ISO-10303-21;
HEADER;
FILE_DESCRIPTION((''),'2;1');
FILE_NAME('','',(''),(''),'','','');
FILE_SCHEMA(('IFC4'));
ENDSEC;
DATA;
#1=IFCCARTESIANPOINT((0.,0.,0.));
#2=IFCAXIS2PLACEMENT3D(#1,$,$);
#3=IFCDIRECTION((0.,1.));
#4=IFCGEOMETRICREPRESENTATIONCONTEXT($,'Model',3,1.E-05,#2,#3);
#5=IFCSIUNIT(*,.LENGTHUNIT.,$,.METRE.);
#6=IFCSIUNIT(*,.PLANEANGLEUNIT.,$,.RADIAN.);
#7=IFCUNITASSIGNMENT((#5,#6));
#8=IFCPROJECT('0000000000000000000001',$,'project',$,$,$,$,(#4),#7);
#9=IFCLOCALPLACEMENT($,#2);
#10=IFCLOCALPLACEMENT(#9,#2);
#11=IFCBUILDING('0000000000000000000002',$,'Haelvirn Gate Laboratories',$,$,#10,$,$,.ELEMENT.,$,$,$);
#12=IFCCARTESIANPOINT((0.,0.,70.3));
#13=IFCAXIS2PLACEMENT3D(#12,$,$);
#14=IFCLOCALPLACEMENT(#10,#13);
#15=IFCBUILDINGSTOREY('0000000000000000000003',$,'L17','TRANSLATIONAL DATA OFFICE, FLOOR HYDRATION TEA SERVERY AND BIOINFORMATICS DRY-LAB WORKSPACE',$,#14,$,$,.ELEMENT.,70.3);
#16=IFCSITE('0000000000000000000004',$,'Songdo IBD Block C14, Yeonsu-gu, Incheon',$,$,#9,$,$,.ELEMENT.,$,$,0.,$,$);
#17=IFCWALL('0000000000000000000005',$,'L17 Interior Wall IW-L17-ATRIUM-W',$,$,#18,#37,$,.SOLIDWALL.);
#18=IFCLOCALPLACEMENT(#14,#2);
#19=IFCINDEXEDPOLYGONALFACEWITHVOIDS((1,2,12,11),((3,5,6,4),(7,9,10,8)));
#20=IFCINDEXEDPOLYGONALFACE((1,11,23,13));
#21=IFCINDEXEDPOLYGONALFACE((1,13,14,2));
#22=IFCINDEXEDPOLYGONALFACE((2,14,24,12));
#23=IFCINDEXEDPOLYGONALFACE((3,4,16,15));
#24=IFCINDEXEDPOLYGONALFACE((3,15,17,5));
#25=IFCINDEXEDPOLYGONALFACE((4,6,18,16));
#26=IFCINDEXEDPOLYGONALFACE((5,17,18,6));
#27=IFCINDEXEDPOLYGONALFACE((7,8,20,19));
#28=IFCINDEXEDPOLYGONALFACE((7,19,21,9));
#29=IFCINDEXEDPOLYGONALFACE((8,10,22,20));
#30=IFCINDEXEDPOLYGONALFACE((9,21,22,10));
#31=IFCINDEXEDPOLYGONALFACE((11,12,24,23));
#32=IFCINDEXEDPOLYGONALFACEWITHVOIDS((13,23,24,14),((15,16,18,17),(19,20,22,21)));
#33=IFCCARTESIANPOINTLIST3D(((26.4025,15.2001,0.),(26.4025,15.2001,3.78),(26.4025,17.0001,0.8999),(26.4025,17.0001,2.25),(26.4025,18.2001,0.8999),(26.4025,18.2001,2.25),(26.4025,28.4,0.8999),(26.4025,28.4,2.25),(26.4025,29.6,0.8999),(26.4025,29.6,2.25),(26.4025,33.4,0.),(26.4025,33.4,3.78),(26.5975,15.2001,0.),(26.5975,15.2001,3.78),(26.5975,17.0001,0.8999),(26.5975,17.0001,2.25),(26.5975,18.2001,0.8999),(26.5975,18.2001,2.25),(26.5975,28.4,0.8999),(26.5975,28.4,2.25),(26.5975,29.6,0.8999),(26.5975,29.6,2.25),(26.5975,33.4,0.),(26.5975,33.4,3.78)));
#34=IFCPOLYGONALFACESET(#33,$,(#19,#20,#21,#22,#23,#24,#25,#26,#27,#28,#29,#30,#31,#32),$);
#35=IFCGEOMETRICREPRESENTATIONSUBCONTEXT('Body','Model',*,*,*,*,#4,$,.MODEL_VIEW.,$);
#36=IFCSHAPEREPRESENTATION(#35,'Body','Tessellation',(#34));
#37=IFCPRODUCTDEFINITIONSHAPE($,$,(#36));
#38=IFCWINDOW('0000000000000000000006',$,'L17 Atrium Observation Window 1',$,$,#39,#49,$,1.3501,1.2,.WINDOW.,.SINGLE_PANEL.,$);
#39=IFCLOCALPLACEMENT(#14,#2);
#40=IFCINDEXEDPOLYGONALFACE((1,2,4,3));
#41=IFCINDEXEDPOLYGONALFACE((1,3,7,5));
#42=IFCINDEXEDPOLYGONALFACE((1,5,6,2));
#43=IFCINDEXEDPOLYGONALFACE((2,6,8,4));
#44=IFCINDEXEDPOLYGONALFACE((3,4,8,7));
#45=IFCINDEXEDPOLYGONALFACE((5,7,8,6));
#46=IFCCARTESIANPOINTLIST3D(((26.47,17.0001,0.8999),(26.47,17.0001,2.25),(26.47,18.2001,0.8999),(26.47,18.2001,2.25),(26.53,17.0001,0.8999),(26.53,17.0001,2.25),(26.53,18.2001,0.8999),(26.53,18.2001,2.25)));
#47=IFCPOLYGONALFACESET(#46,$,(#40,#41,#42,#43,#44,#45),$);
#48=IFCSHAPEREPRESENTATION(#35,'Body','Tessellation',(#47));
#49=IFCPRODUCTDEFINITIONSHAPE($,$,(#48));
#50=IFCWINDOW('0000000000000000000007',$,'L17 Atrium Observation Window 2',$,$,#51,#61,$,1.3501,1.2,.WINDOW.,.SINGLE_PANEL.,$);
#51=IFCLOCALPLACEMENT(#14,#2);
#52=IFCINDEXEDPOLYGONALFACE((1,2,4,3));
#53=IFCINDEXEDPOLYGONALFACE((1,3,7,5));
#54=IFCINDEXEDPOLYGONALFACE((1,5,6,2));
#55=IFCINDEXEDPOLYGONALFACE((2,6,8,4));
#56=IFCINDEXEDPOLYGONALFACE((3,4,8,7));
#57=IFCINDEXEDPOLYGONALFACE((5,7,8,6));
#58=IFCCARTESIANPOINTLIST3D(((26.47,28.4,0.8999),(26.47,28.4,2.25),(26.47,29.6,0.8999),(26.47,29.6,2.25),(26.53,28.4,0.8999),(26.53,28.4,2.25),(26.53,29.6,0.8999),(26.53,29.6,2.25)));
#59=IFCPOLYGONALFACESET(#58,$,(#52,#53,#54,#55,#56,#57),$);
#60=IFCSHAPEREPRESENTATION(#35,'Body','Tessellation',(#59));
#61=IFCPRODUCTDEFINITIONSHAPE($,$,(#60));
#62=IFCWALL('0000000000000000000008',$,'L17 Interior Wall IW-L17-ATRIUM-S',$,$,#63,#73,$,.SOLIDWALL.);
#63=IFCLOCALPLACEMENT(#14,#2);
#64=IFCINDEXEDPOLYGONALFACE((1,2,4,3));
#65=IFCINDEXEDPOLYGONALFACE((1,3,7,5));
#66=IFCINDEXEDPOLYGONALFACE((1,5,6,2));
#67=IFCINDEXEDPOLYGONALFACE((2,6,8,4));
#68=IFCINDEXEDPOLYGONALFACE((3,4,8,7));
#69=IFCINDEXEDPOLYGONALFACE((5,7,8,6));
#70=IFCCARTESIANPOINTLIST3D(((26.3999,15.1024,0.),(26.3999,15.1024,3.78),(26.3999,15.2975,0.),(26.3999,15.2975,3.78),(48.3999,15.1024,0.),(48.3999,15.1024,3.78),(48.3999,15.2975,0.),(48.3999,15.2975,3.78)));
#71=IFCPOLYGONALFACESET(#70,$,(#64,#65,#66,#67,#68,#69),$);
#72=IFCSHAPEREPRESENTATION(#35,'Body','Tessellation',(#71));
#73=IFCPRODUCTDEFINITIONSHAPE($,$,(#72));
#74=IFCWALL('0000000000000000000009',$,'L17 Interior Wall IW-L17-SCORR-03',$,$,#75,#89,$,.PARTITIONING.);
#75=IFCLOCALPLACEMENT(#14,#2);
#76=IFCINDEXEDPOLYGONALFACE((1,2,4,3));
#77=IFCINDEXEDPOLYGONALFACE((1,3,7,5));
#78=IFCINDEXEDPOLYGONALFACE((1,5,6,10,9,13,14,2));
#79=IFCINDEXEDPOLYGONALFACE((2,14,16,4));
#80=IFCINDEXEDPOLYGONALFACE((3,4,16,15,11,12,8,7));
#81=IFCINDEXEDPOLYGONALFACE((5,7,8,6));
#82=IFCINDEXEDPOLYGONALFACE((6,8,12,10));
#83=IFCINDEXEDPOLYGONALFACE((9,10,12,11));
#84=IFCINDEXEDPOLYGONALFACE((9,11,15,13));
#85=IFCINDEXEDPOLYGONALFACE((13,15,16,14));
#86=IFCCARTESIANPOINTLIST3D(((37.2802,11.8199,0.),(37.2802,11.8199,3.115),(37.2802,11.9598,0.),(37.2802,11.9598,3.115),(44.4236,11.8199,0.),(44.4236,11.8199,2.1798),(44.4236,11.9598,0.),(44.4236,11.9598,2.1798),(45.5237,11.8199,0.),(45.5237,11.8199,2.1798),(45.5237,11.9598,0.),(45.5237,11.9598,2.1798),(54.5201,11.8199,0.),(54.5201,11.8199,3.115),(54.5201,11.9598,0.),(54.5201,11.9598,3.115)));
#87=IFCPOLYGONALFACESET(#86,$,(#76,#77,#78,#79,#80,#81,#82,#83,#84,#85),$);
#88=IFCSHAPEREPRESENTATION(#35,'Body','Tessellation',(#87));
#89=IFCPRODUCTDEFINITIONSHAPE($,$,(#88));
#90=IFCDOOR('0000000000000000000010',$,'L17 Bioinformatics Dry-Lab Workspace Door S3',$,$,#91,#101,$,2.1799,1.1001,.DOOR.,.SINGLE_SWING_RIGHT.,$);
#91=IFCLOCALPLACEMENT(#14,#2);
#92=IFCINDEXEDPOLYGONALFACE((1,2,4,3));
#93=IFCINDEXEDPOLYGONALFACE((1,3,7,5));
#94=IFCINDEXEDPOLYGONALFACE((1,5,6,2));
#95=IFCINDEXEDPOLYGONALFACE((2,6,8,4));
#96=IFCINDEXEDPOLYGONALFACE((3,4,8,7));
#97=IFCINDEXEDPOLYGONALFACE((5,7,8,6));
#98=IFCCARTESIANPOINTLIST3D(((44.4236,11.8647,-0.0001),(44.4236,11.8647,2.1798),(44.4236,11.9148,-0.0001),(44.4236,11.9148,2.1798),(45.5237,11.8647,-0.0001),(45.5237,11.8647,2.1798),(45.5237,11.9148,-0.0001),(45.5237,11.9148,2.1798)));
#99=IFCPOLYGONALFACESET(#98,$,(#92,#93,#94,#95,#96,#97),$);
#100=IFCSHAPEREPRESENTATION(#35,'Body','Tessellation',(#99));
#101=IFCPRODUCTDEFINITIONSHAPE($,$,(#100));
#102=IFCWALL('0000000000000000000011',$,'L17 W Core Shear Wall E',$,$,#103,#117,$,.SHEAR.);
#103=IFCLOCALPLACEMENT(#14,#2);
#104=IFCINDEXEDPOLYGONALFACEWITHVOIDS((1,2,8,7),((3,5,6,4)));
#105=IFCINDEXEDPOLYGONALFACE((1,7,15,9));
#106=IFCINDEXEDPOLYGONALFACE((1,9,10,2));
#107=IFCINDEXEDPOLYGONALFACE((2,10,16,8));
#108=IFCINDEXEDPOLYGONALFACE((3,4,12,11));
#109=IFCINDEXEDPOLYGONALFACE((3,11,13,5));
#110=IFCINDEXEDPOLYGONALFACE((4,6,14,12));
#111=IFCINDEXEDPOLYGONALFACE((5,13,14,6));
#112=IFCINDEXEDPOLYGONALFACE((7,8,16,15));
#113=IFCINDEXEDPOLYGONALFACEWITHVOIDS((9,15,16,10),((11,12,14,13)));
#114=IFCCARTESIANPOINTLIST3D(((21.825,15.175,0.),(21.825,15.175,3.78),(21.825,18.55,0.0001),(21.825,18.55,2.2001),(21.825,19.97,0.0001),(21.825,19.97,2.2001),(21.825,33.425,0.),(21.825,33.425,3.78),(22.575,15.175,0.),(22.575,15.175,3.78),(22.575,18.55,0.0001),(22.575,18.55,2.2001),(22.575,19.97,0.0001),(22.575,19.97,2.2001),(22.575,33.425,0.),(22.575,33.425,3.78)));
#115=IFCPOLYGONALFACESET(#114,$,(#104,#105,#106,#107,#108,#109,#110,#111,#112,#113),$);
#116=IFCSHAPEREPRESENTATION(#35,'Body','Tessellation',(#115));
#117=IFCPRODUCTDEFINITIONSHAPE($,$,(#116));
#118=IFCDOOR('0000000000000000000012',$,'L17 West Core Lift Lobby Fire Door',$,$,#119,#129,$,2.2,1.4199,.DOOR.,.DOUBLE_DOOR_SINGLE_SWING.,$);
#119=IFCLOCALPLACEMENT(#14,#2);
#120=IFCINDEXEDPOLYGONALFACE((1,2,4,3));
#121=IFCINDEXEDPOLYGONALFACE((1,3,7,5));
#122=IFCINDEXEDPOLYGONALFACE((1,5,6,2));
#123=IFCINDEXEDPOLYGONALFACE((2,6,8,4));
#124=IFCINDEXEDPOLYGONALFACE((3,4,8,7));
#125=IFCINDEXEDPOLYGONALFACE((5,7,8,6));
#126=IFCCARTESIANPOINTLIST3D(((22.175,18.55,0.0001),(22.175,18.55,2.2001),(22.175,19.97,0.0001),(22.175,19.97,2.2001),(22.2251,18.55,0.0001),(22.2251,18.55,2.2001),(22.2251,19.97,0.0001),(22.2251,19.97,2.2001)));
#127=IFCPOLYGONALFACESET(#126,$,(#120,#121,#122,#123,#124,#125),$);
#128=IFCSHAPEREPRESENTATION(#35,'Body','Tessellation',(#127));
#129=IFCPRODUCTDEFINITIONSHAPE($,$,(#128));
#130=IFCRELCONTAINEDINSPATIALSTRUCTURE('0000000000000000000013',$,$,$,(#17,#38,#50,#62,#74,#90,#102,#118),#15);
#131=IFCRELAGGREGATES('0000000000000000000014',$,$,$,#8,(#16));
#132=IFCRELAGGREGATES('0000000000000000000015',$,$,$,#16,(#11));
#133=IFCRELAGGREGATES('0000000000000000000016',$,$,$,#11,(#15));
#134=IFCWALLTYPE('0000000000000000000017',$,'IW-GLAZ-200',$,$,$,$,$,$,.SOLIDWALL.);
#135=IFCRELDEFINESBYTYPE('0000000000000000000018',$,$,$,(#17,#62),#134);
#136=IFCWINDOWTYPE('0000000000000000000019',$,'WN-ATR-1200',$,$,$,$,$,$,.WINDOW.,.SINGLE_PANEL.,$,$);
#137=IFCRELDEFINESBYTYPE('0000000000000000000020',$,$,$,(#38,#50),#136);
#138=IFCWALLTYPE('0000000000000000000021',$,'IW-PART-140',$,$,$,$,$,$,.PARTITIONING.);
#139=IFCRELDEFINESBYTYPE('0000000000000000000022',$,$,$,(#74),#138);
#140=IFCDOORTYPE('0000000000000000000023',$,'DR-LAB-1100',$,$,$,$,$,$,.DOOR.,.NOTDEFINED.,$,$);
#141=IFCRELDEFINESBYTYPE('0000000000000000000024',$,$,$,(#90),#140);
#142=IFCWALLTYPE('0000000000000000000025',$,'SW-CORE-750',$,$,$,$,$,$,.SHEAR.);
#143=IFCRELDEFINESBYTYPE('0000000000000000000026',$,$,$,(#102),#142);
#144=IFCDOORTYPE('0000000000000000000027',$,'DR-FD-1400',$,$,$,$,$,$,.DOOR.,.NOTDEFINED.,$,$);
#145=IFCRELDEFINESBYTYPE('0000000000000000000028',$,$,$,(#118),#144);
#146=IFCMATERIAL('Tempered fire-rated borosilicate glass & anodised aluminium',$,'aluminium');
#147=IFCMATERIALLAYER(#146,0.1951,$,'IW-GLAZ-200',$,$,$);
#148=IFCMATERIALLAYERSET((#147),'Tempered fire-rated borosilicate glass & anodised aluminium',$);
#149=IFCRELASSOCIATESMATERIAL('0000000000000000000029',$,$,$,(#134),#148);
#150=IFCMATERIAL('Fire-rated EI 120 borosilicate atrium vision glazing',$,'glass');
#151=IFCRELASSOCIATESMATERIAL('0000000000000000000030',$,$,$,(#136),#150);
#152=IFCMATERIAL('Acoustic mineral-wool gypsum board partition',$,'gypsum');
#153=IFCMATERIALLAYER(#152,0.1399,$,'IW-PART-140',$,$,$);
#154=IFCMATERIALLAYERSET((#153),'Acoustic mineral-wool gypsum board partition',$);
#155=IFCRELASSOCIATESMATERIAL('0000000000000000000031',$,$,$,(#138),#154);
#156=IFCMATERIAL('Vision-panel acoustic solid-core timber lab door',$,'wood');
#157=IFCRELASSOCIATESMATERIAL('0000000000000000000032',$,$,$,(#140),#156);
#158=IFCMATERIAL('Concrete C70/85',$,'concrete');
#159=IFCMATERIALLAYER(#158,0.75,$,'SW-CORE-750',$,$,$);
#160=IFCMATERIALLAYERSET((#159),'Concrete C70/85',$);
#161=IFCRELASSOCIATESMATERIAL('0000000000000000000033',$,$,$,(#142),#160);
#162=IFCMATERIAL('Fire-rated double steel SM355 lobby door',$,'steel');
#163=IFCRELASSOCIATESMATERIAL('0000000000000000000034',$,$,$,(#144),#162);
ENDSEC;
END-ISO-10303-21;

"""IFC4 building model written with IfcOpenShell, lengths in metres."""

from ifc_helpers import new_model, si_unit, direction, frame, frame_2d, origin, place, context, subcontext, project, spatial, rectangle, extrude, source, transform, mapped, material, layer, layer_set, type_object, type_shapes, element, fill, save


model = new_model("IFC4")

# Units and contexts
model_context = context("Model", 3, precision=1e-05, world=origin(), true_north=direction((0.0, 1.0)))
body_context = subcontext(model_context, "Body", "Model", "MODEL_VIEW")
ifc_project = project(units=[si_unit("LENGTHUNIT", "METRE"), si_unit("PLANEANGLEUNIT", "RADIAN")], contexts=[model_context])

# Site, building, storey
site_placement = place(None, origin())
site = spatial("IfcSite", under=ifc_project, at=site_placement, Name="Songdo IBD Block C14, Yeonsu-gu, Incheon", CompositionType="ELEMENT", RefElevation=0.0)
building_placement = place(site_placement, origin())
building = spatial("IfcBuilding", under=site, at=building_placement, Name="Haelvirn Gate Laboratories", CompositionType="ELEMENT")
storey_placement = place(building_placement, frame((0.0, 0.0, 70.3)))
storey = spatial("IfcBuildingStorey", under=building, at=storey_placement, Name="L17", Description="TRANSLATIONAL DATA OFFICE, FLOOR HYDRATION TEA SERVERY AND BIOINFORMATICS DRY-LAB WORKSPACE", CompositionType="ELEMENT", Elevation=70.3)

# Wall, openings, windows
ifc_material_1 = material(Name="Tempered fire-rated borosilicate glass & anodised aluminium", Category="aluminium")
ifc_layer_1 = layer(ifc_material_1, 0.1951, Name="IW-GLAZ-200")
ifc_layer_set_1 = layer_set([ifc_layer_1], Name="Tempered fire-rated borosilicate glass & anodised aluminium")
wall_type_1 = type_object("IfcWallType", Name="IW-GLAZ-200", PredefinedType="SOLIDWALL", material=ifc_layer_set_1)
wall_1_placement = place(storey_placement, frame((26.5, 15.2, 0.0), z_axis=(0.0, 0.0, 1.0), x_axis=(0.0, 1.0, 0.0)))
wall_1 = element("IfcWall", 1, at=wall_1_placement, inside=storey, type_object=wall_type_1, Name="L17 Interior Wall IW-L17-ATRIUM-W", PredefinedType="SOLIDWALL", context=body_context, shape_type="SweptSolid", body=[
    extrude(rectangle(XDim=18.2, YDim=0.1951, at=frame_2d((9.1001, 0.0))), origin(), (0.0, 0.0, 1.0), 3.78),
])
opening_1_placement = place(wall_1_placement, frame((1.8, 0.0, 0.8999)))
opening_1 = element("IfcOpeningElement", 2, at=opening_1_placement, cuts=wall_1, PredefinedType="OPENING", context=body_context, shape_type="SweptSolid", body=[
    extrude(rectangle(XDim=1.2, YDim=1.3501, at=frame_2d((0.6001, 0.675))), frame((0.0, 0.1074, 0.0), z_axis=(0.0, -1.0, 0.0), x_axis=(1.0, 0.0, 0.0)), (0.0, 0.0, 1.0), 0.2151),
])
opening_2_placement = place(wall_1_placement, frame((13.2, 0.0, 0.8999)))
opening_2 = element("IfcOpeningElement", 3, at=opening_2_placement, cuts=wall_1, PredefinedType="OPENING", context=body_context, shape_type="SweptSolid", body=[
    extrude(rectangle(XDim=1.2, YDim=1.3501, at=frame_2d((0.6001, 0.675))), frame((0.0, 0.1074, 0.0), z_axis=(0.0, -1.0, 0.0), x_axis=(1.0, 0.0, 0.0)), (0.0, 0.0, 1.0), 0.2151),
])
ifc_material_2 = material(Name="Fire-rated EI 120 borosilicate atrium vision glazing", Category="glass")
window_type = type_object("IfcWindowType", Name="WN-ATR-1200", PartitioningType="SINGLE_PANEL", PredefinedType="WINDOW", material=ifc_material_2)
shared_shape_1 = source(origin(), body_context, "Body", "SweptSolid", [
    extrude(rectangle(XDim=1.2, YDim=1.3501, at=frame_2d((0.6001, 0.675))), frame((0.0, 0.03, 0.0), z_axis=(0.0, -1.0, 0.0), x_axis=(1.0, 0.0, 0.0)), (0.0, 0.0, 1.0), 0.0601),
])
type_shapes(window_type, [shared_shape_1])
window_1_placement = place(opening_1_placement, origin())
window_1 = element("IfcWindow", 4, at=window_1_placement, inside=storey, type_object=window_type, Name="L17 Atrium Observation Window 1", OverallHeight=1.3501, OverallWidth=1.2, PartitioningType="SINGLE_PANEL", PredefinedType="WINDOW", context=body_context, shape_type="MappedRepresentation", body=[
    mapped(shared_shape_1, transform((0.0, 0.0, 0.0), scale=1.0)),
])
fill(opening_1, window_1)
window_2_placement = place(opening_2_placement, origin())
window_2 = element("IfcWindow", 5, at=window_2_placement, inside=storey, type_object=window_type, Name="L17 Atrium Observation Window 2", OverallHeight=1.3501, OverallWidth=1.2, PartitioningType="SINGLE_PANEL", PredefinedType="WINDOW", context=body_context, shape_type="MappedRepresentation", body=[
    mapped(shared_shape_1, transform((0.0, 0.0, 0.0), scale=1.0)),
])
fill(opening_2, window_2)

# Wall
wall_2_placement = place(storey_placement, frame((26.3999, 15.2, 0.0), z_axis=(0.0, 0.0, 1.0), x_axis=(1.0, 0.0, 0.0)))
element("IfcWall", 6, at=wall_2_placement, inside=storey, type_object=wall_type_1, Name="L17 Interior Wall IW-L17-ATRIUM-S", PredefinedType="SOLIDWALL", context=body_context, shape_type="SweptSolid", body=[
    extrude(rectangle(XDim=22.0, YDim=0.1951, at=frame_2d((11.0, 0.0))), origin(), (0.0, 0.0, 1.0), 3.78),
])

# Walls, openings, doors
ifc_material_3 = material(Name="Acoustic mineral-wool gypsum board partition", Category="gypsum")
ifc_layer_2 = layer(ifc_material_3, 0.1399, Name="IW-PART-140")
ifc_layer_set_2 = layer_set([ifc_layer_2], Name="Acoustic mineral-wool gypsum board partition")
wall_type_2 = type_object("IfcWallType", Name="IW-PART-140", PredefinedType="PARTITIONING", material=ifc_layer_set_2)
wall_3_placement = place(storey_placement, frame((37.28, 11.8899, 0.0), z_axis=(0.0, 0.0, 1.0), x_axis=(1.0, 0.0, 0.0)))
wall_3 = element("IfcWall", 7, at=wall_3_placement, inside=storey, type_object=wall_type_2, Name="L17 Interior Wall IW-L17-SCORR-03", PredefinedType="PARTITIONING", context=body_context, shape_type="SweptSolid", body=[
    extrude(rectangle(XDim=17.24, YDim=0.1399, at=frame_2d((8.6201, 0.0))), origin(), (0.0, 0.0, 1.0), 3.115),
])
opening_3_placement = place(wall_3_placement, frame((7.1436, 0.0, 0.0)))
opening_3 = element("IfcOpeningElement", 8, at=opening_3_placement, cuts=wall_3, PredefinedType="OPENING", context=body_context, shape_type="SweptSolid", body=[
    extrude(rectangle(XDim=1.1001, YDim=2.1799, at=frame_2d((0.55, 1.0898))), frame((0.0, 0.0801, 0.0), z_axis=(0.0, -1.0, 0.0), x_axis=(1.0, 0.0, 0.0)), (0.0, 0.0, 1.0), 0.1599),
])
ifc_material_4 = material(Name="Vision-panel acoustic solid-core timber lab door", Category="wood")
door_type_1 = type_object("IfcDoorType", Name="DR-LAB-1100", OperationType="NOTDEFINED", PredefinedType="DOOR", material=ifc_material_4)
shared_shape_2 = source(origin(), body_context, "Body", "SweptSolid", [
    extrude(rectangle(XDim=1.1001, YDim=2.1799, at=frame_2d((0.55, 1.0898))), frame((0.0, 0.0249, 0.0), z_axis=(0.0, -1.0, 0.0), x_axis=(1.0, 0.0, 0.0)), (0.0, 0.0, 1.0), 0.05),
])
type_shapes(door_type_1, [shared_shape_2])
door_1_placement = place(opening_3_placement, origin())
door_1 = element("IfcDoor", 9, at=door_1_placement, inside=storey, type_object=door_type_1, Name="L17 Bioinformatics Dry-Lab Workspace Door S3", OperationType="SINGLE_SWING_RIGHT", OverallHeight=2.1799, OverallWidth=1.1001, PredefinedType="DOOR", context=body_context, shape_type="MappedRepresentation", body=[
    mapped(shared_shape_2, transform((0.0, 0.0, 0.0), scale=1.0)),
])
fill(opening_3, door_1)
ifc_material_5 = material(Name="Concrete C70/85", Category="concrete")
ifc_layer_3 = layer(ifc_material_5, 0.75, Name="SW-CORE-750")
ifc_layer_set_3 = layer_set([ifc_layer_3], Name="Concrete C70/85")
wall_type_3 = type_object("IfcWallType", Name="SW-CORE-750", PredefinedType="SHEAR", material=ifc_layer_set_3)
wall_4_placement = place(storey_placement, frame((22.2, 15.175, 0.0), z_axis=(0.0, 0.0, 1.0), x_axis=(0.0, 1.0, 0.0)))
wall_4 = element("IfcWall", 10, at=wall_4_placement, inside=storey, type_object=wall_type_3, Name="L17 W Core Shear Wall E", PredefinedType="SHEAR", context=body_context, shape_type="SweptSolid", body=[
    extrude(rectangle(XDim=18.25, YDim=0.75, at=frame_2d((9.125, 0.0))), origin(), (0.0, 0.0, 1.0), 3.78),
])
opening_4_placement = place(wall_4_placement, frame((3.375, 0.0, 0.0)))
opening_4 = element("IfcOpeningElement", 11, at=opening_4_placement, cuts=wall_4, PredefinedType="OPENING", context=body_context, shape_type="SweptSolid", body=[
    extrude(rectangle(XDim=1.4199, YDim=2.2, at=frame_2d((0.71, 1.1001))), frame((0.0, 0.385, 0.0), z_axis=(0.0, -1.0, 0.0), x_axis=(1.0, 0.0, 0.0)), (0.0, 0.0, 1.0), 0.77),
])
ifc_material_6 = material(Name="Fire-rated double steel SM355 lobby door", Category="steel")
door_type_2 = type_object("IfcDoorType", Name="DR-FD-1400", OperationType="NOTDEFINED", PredefinedType="DOOR", material=ifc_material_6)
shared_shape_3 = source(origin(), body_context, "Body", "SweptSolid", [
    extrude(rectangle(XDim=1.4199, YDim=2.2, at=frame_2d((0.71, 1.1001))), frame((0.0, 0.0249, 0.0), z_axis=(0.0, -1.0, 0.0), x_axis=(1.0, 0.0, 0.0)), (0.0, 0.0, 1.0), 0.05),
])
type_shapes(door_type_2, [shared_shape_3])
door_2_placement = place(opening_4_placement, origin())
door_2 = element("IfcDoor", 12, at=door_2_placement, inside=storey, type_object=door_type_2, Name="L17 West Core Lift Lobby Fire Door", OperationType="DOUBLE_DOOR_SINGLE_SWING", OverallHeight=2.2, OverallWidth=1.4199, PredefinedType="DOOR", context=body_context, shape_type="MappedRepresentation", body=[
    mapped(shared_shape_3, transform((0.0, 0.0, 0.0), scale=1.0)),
])
fill(opening_4, door_2)

save(model, "model.ifc")
